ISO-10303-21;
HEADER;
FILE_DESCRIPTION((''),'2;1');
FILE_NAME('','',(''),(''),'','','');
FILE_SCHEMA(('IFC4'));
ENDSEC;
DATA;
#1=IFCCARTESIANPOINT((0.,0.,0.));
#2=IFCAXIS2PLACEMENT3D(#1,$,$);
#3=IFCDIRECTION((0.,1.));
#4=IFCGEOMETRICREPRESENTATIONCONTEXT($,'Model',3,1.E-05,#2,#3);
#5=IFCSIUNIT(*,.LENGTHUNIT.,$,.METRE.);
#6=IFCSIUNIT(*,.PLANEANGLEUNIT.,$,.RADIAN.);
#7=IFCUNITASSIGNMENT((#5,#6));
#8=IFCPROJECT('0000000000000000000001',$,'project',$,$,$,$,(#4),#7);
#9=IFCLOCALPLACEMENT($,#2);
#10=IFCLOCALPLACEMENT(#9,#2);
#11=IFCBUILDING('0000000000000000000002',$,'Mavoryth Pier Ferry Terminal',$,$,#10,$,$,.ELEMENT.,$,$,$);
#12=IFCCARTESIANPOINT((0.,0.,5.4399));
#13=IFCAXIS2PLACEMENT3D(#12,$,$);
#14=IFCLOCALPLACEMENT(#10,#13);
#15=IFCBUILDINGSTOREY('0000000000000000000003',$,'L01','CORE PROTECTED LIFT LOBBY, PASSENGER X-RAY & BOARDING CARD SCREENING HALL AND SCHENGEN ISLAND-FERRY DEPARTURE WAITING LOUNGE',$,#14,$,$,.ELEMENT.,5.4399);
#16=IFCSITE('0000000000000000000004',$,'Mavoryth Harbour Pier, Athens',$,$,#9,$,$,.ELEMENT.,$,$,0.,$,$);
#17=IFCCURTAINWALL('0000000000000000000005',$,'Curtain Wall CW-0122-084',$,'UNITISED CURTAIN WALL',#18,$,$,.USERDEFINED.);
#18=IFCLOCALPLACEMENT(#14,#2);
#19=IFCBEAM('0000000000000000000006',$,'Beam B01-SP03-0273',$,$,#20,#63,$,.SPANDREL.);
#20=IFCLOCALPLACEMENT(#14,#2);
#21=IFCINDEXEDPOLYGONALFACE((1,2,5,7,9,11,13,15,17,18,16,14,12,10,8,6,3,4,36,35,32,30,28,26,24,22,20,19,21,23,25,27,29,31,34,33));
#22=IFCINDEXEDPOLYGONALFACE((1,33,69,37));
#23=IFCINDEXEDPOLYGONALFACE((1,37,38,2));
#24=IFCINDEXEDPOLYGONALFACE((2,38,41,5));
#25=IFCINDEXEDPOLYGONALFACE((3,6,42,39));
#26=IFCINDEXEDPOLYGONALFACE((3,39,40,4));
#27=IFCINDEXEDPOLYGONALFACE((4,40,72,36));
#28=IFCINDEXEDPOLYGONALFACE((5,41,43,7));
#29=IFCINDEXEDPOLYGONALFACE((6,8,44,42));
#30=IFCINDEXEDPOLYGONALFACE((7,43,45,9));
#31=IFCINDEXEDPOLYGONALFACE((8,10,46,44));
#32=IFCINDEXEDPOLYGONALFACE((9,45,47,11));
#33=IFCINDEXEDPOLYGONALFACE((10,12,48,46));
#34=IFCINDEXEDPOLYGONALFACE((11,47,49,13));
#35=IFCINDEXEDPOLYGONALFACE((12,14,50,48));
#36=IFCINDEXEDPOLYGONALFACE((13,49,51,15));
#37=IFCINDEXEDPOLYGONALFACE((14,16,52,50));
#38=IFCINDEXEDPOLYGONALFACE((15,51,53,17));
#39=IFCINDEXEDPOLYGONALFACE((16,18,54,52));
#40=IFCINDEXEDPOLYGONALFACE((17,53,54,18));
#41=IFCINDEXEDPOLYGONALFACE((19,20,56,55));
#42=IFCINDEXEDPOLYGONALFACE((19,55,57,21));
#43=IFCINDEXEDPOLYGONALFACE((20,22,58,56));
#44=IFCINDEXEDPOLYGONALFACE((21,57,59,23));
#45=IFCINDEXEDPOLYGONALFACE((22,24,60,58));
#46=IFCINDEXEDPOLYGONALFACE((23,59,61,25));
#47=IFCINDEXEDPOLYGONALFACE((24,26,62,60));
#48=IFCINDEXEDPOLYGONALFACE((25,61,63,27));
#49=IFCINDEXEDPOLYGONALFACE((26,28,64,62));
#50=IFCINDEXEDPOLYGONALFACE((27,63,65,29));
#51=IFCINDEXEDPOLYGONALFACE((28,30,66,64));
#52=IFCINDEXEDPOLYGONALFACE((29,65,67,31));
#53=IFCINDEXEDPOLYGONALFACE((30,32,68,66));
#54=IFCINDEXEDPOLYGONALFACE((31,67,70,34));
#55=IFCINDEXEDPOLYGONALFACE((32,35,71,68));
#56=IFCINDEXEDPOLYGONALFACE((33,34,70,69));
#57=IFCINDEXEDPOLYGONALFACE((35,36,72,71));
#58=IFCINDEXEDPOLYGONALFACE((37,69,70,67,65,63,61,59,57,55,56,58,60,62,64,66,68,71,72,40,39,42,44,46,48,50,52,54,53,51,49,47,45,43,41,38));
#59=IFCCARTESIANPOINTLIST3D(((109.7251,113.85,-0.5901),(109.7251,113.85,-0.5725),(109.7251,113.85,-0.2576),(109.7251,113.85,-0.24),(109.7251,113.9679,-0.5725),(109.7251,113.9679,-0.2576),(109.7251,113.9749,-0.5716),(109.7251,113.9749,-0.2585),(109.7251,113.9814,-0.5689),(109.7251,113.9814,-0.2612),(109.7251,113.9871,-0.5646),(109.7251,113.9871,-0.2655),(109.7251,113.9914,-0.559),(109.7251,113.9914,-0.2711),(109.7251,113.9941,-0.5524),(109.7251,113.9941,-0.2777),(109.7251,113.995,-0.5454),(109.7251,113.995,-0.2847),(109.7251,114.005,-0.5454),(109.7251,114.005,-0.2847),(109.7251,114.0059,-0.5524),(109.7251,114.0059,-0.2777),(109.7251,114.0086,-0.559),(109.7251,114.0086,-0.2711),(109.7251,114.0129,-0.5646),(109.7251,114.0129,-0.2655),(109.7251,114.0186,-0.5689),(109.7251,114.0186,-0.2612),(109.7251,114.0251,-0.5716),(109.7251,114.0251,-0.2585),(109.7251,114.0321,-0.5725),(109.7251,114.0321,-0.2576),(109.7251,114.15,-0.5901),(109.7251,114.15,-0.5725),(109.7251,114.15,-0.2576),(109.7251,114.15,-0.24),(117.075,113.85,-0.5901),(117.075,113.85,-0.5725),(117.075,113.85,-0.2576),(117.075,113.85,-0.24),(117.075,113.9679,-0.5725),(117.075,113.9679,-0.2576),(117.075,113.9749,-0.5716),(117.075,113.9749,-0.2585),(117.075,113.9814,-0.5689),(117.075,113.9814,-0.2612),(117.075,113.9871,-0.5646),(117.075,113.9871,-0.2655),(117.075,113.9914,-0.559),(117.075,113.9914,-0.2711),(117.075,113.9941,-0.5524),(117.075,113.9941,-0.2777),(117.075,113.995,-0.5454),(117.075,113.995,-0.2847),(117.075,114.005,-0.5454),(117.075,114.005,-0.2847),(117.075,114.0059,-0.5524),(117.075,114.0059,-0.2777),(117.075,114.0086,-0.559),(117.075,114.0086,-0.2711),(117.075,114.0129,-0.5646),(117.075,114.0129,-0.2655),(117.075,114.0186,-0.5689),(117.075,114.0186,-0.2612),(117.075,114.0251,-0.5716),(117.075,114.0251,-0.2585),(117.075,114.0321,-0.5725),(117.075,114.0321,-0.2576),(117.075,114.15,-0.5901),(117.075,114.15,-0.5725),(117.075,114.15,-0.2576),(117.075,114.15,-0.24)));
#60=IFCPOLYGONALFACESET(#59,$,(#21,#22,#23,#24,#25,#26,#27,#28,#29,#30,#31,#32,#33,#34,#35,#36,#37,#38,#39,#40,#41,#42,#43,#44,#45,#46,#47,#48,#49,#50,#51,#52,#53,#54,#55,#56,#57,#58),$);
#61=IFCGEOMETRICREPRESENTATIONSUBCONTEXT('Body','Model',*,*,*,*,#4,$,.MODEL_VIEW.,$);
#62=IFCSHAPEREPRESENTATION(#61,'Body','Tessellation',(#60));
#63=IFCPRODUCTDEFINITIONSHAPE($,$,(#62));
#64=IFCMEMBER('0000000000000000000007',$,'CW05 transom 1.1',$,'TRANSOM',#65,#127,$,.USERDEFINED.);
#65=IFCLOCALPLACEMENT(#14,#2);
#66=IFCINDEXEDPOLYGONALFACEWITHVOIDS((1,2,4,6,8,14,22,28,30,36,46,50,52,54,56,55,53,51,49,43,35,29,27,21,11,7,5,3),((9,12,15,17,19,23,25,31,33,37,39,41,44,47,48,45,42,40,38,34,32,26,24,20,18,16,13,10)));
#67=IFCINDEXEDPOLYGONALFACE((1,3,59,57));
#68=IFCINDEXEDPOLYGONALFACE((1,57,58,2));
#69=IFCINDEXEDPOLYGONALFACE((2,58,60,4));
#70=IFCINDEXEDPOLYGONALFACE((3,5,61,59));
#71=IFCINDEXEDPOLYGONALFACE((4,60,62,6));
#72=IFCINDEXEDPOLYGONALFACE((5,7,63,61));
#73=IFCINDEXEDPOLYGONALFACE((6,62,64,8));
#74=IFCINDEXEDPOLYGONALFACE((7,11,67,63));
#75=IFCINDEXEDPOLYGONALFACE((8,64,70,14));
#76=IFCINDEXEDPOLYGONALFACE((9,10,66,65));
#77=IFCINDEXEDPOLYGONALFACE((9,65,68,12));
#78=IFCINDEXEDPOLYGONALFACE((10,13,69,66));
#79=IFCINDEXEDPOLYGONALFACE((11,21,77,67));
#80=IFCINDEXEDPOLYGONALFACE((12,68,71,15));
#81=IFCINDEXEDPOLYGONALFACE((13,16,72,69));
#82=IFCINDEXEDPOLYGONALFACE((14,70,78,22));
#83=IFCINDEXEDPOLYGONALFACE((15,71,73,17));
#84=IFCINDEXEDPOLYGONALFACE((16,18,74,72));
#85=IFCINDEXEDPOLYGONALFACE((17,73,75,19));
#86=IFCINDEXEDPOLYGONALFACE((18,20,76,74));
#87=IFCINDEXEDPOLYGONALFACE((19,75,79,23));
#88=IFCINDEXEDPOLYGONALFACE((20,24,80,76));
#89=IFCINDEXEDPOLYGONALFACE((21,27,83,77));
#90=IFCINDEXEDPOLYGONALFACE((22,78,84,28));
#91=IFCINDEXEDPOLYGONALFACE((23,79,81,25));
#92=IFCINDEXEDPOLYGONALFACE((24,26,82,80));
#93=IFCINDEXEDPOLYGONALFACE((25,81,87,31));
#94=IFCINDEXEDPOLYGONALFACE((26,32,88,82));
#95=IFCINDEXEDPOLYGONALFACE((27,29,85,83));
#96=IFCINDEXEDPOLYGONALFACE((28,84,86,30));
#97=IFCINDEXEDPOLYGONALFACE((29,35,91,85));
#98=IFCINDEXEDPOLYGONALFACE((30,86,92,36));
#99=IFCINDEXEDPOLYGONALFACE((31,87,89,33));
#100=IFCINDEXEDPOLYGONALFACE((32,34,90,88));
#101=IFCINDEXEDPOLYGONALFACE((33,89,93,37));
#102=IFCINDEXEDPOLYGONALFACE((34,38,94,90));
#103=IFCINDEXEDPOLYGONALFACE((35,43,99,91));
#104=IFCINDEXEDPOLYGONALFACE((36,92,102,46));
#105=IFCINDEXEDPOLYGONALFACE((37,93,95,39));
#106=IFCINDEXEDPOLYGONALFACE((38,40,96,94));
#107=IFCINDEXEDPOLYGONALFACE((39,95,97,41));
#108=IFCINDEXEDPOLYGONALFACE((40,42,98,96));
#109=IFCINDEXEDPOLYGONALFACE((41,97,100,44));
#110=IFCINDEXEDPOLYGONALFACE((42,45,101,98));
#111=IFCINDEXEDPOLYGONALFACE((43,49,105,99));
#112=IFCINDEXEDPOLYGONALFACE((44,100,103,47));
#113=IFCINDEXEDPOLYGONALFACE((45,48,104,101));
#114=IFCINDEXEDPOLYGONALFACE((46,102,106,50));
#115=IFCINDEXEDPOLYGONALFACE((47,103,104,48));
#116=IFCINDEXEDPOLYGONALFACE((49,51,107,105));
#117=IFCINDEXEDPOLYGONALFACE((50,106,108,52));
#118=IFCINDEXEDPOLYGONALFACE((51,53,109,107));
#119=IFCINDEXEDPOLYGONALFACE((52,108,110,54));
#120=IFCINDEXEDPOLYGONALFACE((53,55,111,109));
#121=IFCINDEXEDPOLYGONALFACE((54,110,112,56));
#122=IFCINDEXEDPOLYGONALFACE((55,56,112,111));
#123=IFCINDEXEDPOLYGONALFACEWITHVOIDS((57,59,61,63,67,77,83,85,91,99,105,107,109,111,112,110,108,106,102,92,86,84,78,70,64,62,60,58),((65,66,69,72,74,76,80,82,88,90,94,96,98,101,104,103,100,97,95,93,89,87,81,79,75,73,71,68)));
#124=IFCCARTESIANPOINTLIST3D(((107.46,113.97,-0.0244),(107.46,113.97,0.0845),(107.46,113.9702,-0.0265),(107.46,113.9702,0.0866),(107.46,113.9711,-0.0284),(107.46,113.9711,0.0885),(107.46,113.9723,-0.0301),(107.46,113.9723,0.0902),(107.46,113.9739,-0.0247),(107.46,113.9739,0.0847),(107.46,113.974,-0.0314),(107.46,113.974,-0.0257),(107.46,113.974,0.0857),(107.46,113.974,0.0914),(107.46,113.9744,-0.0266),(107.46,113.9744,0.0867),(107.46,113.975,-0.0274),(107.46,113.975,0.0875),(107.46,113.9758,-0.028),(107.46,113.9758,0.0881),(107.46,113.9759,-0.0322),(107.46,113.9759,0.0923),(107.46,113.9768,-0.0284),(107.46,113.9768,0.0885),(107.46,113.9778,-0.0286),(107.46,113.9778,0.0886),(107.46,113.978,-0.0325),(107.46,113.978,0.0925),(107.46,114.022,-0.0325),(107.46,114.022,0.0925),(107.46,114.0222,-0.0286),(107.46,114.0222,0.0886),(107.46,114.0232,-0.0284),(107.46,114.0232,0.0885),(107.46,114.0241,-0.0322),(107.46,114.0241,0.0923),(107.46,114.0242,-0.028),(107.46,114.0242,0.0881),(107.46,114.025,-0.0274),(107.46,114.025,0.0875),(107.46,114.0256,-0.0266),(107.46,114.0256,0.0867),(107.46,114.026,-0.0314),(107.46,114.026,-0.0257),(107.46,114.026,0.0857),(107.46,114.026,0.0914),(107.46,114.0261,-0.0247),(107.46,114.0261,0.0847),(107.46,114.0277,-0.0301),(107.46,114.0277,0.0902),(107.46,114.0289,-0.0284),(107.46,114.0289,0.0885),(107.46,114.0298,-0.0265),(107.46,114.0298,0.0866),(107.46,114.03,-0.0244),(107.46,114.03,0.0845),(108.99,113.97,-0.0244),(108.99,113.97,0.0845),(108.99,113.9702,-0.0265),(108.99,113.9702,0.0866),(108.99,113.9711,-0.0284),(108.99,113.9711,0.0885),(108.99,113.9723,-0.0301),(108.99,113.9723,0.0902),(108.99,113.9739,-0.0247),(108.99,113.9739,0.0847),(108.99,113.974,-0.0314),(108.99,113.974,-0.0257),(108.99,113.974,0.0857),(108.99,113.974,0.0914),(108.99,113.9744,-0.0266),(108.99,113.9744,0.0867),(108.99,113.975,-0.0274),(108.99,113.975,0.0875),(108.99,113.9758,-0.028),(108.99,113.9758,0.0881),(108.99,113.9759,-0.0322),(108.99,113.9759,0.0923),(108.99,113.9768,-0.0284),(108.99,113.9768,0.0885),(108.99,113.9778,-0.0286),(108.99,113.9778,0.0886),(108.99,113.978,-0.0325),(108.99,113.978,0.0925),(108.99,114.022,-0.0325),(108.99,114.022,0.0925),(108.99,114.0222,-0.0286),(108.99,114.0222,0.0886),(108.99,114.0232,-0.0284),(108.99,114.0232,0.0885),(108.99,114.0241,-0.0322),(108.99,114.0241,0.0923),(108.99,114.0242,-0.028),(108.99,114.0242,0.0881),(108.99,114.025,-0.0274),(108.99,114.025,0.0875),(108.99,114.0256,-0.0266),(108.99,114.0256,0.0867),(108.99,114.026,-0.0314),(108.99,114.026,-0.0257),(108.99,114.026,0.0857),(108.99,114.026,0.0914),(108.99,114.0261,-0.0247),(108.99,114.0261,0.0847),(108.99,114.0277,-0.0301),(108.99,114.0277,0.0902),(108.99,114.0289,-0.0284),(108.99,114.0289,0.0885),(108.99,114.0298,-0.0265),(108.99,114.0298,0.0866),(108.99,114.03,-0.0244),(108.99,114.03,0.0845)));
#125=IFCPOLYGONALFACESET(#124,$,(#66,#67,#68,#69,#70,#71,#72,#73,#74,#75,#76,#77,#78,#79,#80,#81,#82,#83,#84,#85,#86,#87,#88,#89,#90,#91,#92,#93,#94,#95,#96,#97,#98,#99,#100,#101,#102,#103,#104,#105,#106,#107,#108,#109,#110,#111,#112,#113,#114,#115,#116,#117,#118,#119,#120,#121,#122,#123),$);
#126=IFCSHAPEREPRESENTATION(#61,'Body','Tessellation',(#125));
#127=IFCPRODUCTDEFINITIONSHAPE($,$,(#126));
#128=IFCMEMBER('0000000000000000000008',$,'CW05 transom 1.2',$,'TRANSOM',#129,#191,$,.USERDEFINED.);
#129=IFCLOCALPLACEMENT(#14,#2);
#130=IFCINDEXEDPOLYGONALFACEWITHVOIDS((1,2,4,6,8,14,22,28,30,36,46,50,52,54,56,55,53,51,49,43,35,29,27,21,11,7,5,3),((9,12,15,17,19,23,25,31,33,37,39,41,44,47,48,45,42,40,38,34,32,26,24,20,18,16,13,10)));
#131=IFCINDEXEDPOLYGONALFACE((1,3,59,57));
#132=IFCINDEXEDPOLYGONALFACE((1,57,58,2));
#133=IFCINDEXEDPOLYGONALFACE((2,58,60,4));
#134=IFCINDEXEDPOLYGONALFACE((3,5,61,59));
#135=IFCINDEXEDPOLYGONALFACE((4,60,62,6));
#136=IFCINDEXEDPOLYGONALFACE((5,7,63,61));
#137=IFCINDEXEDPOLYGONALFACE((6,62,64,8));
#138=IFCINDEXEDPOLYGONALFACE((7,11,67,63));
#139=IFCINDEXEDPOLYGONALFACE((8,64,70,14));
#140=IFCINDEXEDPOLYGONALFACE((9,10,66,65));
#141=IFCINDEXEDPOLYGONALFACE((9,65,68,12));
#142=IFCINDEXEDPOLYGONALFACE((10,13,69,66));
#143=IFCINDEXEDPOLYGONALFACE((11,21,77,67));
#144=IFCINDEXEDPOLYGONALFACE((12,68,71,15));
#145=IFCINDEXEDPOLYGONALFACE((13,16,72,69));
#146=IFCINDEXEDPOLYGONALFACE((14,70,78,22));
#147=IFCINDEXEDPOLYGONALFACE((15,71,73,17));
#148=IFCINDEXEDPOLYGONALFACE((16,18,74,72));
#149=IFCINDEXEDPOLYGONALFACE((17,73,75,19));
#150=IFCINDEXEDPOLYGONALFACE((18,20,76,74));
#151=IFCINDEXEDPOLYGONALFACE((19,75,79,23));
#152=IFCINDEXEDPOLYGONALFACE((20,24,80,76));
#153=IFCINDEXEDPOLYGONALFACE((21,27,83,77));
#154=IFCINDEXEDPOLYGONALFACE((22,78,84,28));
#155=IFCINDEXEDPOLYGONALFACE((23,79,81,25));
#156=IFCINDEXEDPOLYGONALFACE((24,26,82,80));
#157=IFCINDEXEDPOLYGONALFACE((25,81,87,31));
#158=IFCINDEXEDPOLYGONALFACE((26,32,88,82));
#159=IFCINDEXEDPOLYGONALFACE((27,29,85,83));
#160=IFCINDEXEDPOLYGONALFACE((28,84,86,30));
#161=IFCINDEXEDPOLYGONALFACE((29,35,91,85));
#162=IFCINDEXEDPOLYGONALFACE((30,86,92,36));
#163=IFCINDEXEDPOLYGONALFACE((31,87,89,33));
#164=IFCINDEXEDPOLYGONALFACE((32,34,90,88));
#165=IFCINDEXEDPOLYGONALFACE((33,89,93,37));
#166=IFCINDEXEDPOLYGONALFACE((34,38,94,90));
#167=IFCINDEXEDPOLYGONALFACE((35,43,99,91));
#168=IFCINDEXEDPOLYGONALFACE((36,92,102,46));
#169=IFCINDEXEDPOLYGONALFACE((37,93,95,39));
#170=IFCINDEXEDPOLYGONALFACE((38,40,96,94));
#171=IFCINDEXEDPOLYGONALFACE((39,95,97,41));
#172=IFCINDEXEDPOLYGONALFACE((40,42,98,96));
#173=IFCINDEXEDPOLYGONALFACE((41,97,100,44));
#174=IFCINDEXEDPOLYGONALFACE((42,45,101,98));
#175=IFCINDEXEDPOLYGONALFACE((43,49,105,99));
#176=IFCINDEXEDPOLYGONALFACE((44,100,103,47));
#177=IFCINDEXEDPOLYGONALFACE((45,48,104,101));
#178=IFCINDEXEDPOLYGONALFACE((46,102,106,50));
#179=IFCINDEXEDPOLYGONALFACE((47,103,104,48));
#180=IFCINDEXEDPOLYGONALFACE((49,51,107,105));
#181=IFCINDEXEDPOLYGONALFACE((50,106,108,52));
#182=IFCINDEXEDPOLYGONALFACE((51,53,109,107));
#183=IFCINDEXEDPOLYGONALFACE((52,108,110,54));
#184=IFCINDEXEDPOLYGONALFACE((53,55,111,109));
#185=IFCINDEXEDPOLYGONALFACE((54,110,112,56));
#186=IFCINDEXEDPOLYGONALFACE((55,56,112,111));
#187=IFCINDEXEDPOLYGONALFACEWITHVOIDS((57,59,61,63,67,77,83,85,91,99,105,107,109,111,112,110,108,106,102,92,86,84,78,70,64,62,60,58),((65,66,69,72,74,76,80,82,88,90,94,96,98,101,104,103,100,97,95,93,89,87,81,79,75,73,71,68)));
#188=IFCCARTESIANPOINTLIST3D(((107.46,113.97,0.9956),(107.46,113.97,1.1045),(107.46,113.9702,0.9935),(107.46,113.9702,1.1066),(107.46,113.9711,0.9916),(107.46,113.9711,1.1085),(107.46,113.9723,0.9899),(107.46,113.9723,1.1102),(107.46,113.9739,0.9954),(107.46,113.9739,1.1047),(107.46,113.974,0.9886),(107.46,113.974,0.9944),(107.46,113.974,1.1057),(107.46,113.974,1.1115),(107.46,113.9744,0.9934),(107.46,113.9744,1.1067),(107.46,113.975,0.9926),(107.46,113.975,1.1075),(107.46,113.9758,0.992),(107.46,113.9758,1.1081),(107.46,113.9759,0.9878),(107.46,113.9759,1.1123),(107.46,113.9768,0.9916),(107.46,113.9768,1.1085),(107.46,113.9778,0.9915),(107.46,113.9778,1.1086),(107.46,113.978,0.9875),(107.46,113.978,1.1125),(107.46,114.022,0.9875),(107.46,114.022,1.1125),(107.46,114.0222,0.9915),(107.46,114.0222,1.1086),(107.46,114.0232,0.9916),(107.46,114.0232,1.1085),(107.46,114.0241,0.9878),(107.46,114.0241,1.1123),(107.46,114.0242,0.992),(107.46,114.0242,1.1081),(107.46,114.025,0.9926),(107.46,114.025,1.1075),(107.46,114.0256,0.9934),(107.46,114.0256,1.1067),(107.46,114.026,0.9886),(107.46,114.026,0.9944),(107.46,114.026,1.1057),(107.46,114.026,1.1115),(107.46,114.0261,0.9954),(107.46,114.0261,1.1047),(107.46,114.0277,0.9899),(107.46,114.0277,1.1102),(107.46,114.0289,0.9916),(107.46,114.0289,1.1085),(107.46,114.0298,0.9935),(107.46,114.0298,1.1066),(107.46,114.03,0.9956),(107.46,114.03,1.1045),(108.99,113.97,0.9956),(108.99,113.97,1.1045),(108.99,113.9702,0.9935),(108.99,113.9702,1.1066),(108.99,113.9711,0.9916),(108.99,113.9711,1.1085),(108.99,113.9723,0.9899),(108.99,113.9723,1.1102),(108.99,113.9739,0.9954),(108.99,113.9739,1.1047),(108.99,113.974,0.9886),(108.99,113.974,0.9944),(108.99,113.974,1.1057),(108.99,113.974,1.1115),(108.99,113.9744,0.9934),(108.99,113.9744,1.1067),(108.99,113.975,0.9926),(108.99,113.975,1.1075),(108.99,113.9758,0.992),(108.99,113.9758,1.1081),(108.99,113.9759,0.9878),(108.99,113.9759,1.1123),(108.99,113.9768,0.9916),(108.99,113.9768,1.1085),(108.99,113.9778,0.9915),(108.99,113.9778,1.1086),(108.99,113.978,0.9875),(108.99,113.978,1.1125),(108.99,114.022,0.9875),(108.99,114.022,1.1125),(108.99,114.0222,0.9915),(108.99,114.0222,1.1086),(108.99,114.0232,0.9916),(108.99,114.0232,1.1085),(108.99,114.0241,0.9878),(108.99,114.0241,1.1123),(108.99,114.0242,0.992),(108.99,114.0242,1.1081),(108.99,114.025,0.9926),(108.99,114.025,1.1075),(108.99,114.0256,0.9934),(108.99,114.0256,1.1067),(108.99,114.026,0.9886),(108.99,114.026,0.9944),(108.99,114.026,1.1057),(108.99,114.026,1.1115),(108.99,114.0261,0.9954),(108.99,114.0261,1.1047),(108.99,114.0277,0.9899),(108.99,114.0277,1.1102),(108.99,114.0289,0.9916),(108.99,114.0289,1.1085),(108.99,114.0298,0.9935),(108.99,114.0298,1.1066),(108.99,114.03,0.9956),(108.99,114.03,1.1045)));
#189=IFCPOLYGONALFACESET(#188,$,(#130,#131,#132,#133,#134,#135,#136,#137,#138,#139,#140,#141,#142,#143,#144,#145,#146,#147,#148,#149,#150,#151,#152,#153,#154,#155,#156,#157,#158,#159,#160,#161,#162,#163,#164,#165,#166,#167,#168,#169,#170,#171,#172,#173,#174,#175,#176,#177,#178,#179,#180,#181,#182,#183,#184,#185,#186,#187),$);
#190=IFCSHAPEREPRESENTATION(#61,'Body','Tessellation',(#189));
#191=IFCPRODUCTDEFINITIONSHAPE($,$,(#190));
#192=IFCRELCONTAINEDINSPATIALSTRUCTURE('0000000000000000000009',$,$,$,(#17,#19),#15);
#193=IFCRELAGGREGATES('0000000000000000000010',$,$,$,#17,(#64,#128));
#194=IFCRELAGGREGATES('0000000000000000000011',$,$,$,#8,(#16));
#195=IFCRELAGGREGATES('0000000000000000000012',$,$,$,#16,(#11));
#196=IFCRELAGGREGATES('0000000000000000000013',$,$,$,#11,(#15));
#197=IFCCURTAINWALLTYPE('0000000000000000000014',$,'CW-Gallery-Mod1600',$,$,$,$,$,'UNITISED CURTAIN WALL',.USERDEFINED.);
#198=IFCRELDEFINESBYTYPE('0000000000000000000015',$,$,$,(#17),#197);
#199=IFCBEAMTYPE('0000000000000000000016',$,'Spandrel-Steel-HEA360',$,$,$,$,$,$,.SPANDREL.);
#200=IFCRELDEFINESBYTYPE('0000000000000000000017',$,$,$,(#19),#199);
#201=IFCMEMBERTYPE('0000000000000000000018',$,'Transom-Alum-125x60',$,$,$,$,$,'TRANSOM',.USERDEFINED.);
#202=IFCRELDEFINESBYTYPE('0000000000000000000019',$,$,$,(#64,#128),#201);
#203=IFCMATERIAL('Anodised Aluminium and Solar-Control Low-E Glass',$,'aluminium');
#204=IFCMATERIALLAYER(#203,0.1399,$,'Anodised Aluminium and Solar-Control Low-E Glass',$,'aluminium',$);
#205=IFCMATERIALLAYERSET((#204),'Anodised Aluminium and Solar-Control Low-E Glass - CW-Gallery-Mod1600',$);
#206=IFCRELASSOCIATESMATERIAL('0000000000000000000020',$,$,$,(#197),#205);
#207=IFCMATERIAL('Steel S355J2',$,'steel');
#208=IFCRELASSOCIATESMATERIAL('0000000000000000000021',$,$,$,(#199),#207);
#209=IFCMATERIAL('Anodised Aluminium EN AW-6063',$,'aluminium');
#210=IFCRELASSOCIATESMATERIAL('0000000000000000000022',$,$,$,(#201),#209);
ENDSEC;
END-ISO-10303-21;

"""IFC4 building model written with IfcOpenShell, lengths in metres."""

from ifc_helpers import new_model, si_unit, direction, frame, origin, origin_2d, place, context, subcontext, project, spatial, hollow_rectangle, i_section, extrude, material, layer, layer_set, material_profile, profile_set, type_object, element, aggregate, save


model = new_model("IFC4")

# Units and contexts
model_context = context("Model", 3, precision=1e-05, world=origin(), true_north=direction((0.0, 1.0)))
body_context = subcontext(model_context, "Body", "Model", "MODEL_VIEW")
ifc_project = project(units=[si_unit("LENGTHUNIT", "METRE"), si_unit("PLANEANGLEUNIT", "RADIAN")], contexts=[model_context])

# Site, building, storey
site_placement = place(None, origin())
site = spatial("IfcSite", under=ifc_project, at=site_placement, Name="Mavoryth Harbour Pier, Athens", CompositionType="ELEMENT", RefElevation=0.0)
building_placement = place(site_placement, origin())
building = spatial("IfcBuilding", under=site, at=building_placement, Name="Mavoryth Pier Ferry Terminal", CompositionType="ELEMENT")
storey_placement = place(building_placement, frame((0.0, 0.0, 5.4399)))
storey = spatial("IfcBuildingStorey", under=building, at=storey_placement, Name="L01", Description="CORE PROTECTED LIFT LOBBY, PASSENGER X-RAY & BOARDING CARD SCREENING HALL AND SCHENGEN ISLAND-FERRY DEPARTURE WAITING LOUNGE", CompositionType="ELEMENT", Elevation=5.4399)

# Shared definitions
ifc_material_1 = material(Name="Steel S355J2", Category="steel")

# Curtain wall
ifc_material_2 = material(Name="Anodised Aluminium and Solar-Control Low-E Glass", Category="aluminium")
ifc_layer_1 = layer(ifc_material_2, 0.1399, Name="Anodised Aluminium and Solar-Control Low-E Glass", Category="aluminium")
ifc_layer_set_1 = layer_set([ifc_layer_1], Name="Anodised Aluminium and Solar-Control Low-E Glass - CW-Gallery-Mod1600")
curtain_wall_type = type_object("IfcCurtainWallType", Name="CW-Gallery-Mod1600", ElementType="UNITISED CURTAIN WALL", PredefinedType="USERDEFINED", material=ifc_layer_set_1)
curtain_wall_1_placement = place(storey_placement, origin())
curtain_wall_1 = element("IfcCurtainWall", 1, at=curtain_wall_1_placement, inside=storey, type_object=curtain_wall_type, Name="Curtain Wall CW-0122-084", ObjectType="UNITISED CURTAIN WALL", PredefinedType="USERDEFINED")
ifc_material_3 = material(Name="Anodised Aluminium EN AW-6063", Category="aluminium")

# Beam
ifc_material_profile_1 = material_profile(ifc_material_1, i_section(OverallWidth=0.3, OverallDepth=0.3501, WebThickness=0.01, FlangeThickness=0.0176, FilletRadius=0.0271, at=origin_2d()), Name="HEA 360", Category="steel")
ifc_profile_set_1 = profile_set([ifc_material_profile_1], Name="Steel S355J2 - HEA 360")
beam_type = type_object("IfcBeamType", Name="Spandrel-Steel-HEA360", PredefinedType="SPANDREL", material=ifc_profile_set_1)
beam_placement = place(storey_placement, frame((109.7251, 114.0, -0.415), z_axis=(1.0, 0.0, 0.0), x_axis=(0.0, 1.0, 0.0)))
element("IfcBeam", 2, at=beam_placement, inside=storey, type_object=beam_type, Name="Beam B01-SP03-0273", PredefinedType="SPANDREL", context=body_context, shape_type="SweptSolid", body=[
    extrude(i_section(OverallWidth=0.3, OverallDepth=0.3501, WebThickness=0.01, FlangeThickness=0.0176, FilletRadius=0.0271, at=origin_2d()), origin(), (0.0, 0.0, 1.0), 7.3499),
])

# Members
ifc_material_profile_2 = material_profile(ifc_material_3, hollow_rectangle(XDim=0.0601, YDim=0.125, WallThickness=0.0039, InnerFilletRadius=0.0039, OuterFilletRadius=0.0081, at=origin_2d()), Name="AL-TRAN 125x60x4", Category="aluminium")
ifc_profile_set_2 = profile_set([ifc_material_profile_2], Name="Anodised Aluminium EN AW-6063 - AL-TRAN 125x60x4")
member_type_1 = type_object("IfcMemberType", Name="Transom-Alum-125x60", ElementType="TRANSOM", PredefinedType="USERDEFINED", material=ifc_profile_set_2)
member_1_placement = place(storey_placement, frame((108.99, 114.0, 0.03), z_axis=(-1.0, 0.0, 0.0), x_axis=(0.0, -1.0, 0.0)))
member_1 = element("IfcMember", 3, at=member_1_placement, type_object=member_type_1, Name="CW05 transom 1.1", ObjectType="TRANSOM", PredefinedType="USERDEFINED", context=body_context, shape_type="SweptSolid", body=[
    extrude(hollow_rectangle(XDim=0.0601, YDim=0.125, WallThickness=0.0039, InnerFilletRadius=0.0039, OuterFilletRadius=0.0081, at=origin_2d()), origin(), (0.0, 0.0, 1.0), 1.53),
])
member_2_placement = place(storey_placement, frame((108.99, 114.0, 1.05), z_axis=(-1.0, 0.0, 0.0), x_axis=(0.0, -1.0, 0.0)))
member_2 = element("IfcMember", 4, at=member_2_placement, type_object=member_type_1, Name="CW05 transom 1.2", ObjectType="TRANSOM", PredefinedType="USERDEFINED", context=body_context, shape_type="SweptSolid", body=[
    extrude(hollow_rectangle(XDim=0.0601, YDim=0.125, WallThickness=0.0039, InnerFilletRadius=0.0039, OuterFilletRadius=0.0081, at=origin_2d()), origin(), (0.0, 0.0, 1.0), 1.53),
])

aggregate(curtain_wall_1, [member_1, member_2])

save(model, "model.ifc")
